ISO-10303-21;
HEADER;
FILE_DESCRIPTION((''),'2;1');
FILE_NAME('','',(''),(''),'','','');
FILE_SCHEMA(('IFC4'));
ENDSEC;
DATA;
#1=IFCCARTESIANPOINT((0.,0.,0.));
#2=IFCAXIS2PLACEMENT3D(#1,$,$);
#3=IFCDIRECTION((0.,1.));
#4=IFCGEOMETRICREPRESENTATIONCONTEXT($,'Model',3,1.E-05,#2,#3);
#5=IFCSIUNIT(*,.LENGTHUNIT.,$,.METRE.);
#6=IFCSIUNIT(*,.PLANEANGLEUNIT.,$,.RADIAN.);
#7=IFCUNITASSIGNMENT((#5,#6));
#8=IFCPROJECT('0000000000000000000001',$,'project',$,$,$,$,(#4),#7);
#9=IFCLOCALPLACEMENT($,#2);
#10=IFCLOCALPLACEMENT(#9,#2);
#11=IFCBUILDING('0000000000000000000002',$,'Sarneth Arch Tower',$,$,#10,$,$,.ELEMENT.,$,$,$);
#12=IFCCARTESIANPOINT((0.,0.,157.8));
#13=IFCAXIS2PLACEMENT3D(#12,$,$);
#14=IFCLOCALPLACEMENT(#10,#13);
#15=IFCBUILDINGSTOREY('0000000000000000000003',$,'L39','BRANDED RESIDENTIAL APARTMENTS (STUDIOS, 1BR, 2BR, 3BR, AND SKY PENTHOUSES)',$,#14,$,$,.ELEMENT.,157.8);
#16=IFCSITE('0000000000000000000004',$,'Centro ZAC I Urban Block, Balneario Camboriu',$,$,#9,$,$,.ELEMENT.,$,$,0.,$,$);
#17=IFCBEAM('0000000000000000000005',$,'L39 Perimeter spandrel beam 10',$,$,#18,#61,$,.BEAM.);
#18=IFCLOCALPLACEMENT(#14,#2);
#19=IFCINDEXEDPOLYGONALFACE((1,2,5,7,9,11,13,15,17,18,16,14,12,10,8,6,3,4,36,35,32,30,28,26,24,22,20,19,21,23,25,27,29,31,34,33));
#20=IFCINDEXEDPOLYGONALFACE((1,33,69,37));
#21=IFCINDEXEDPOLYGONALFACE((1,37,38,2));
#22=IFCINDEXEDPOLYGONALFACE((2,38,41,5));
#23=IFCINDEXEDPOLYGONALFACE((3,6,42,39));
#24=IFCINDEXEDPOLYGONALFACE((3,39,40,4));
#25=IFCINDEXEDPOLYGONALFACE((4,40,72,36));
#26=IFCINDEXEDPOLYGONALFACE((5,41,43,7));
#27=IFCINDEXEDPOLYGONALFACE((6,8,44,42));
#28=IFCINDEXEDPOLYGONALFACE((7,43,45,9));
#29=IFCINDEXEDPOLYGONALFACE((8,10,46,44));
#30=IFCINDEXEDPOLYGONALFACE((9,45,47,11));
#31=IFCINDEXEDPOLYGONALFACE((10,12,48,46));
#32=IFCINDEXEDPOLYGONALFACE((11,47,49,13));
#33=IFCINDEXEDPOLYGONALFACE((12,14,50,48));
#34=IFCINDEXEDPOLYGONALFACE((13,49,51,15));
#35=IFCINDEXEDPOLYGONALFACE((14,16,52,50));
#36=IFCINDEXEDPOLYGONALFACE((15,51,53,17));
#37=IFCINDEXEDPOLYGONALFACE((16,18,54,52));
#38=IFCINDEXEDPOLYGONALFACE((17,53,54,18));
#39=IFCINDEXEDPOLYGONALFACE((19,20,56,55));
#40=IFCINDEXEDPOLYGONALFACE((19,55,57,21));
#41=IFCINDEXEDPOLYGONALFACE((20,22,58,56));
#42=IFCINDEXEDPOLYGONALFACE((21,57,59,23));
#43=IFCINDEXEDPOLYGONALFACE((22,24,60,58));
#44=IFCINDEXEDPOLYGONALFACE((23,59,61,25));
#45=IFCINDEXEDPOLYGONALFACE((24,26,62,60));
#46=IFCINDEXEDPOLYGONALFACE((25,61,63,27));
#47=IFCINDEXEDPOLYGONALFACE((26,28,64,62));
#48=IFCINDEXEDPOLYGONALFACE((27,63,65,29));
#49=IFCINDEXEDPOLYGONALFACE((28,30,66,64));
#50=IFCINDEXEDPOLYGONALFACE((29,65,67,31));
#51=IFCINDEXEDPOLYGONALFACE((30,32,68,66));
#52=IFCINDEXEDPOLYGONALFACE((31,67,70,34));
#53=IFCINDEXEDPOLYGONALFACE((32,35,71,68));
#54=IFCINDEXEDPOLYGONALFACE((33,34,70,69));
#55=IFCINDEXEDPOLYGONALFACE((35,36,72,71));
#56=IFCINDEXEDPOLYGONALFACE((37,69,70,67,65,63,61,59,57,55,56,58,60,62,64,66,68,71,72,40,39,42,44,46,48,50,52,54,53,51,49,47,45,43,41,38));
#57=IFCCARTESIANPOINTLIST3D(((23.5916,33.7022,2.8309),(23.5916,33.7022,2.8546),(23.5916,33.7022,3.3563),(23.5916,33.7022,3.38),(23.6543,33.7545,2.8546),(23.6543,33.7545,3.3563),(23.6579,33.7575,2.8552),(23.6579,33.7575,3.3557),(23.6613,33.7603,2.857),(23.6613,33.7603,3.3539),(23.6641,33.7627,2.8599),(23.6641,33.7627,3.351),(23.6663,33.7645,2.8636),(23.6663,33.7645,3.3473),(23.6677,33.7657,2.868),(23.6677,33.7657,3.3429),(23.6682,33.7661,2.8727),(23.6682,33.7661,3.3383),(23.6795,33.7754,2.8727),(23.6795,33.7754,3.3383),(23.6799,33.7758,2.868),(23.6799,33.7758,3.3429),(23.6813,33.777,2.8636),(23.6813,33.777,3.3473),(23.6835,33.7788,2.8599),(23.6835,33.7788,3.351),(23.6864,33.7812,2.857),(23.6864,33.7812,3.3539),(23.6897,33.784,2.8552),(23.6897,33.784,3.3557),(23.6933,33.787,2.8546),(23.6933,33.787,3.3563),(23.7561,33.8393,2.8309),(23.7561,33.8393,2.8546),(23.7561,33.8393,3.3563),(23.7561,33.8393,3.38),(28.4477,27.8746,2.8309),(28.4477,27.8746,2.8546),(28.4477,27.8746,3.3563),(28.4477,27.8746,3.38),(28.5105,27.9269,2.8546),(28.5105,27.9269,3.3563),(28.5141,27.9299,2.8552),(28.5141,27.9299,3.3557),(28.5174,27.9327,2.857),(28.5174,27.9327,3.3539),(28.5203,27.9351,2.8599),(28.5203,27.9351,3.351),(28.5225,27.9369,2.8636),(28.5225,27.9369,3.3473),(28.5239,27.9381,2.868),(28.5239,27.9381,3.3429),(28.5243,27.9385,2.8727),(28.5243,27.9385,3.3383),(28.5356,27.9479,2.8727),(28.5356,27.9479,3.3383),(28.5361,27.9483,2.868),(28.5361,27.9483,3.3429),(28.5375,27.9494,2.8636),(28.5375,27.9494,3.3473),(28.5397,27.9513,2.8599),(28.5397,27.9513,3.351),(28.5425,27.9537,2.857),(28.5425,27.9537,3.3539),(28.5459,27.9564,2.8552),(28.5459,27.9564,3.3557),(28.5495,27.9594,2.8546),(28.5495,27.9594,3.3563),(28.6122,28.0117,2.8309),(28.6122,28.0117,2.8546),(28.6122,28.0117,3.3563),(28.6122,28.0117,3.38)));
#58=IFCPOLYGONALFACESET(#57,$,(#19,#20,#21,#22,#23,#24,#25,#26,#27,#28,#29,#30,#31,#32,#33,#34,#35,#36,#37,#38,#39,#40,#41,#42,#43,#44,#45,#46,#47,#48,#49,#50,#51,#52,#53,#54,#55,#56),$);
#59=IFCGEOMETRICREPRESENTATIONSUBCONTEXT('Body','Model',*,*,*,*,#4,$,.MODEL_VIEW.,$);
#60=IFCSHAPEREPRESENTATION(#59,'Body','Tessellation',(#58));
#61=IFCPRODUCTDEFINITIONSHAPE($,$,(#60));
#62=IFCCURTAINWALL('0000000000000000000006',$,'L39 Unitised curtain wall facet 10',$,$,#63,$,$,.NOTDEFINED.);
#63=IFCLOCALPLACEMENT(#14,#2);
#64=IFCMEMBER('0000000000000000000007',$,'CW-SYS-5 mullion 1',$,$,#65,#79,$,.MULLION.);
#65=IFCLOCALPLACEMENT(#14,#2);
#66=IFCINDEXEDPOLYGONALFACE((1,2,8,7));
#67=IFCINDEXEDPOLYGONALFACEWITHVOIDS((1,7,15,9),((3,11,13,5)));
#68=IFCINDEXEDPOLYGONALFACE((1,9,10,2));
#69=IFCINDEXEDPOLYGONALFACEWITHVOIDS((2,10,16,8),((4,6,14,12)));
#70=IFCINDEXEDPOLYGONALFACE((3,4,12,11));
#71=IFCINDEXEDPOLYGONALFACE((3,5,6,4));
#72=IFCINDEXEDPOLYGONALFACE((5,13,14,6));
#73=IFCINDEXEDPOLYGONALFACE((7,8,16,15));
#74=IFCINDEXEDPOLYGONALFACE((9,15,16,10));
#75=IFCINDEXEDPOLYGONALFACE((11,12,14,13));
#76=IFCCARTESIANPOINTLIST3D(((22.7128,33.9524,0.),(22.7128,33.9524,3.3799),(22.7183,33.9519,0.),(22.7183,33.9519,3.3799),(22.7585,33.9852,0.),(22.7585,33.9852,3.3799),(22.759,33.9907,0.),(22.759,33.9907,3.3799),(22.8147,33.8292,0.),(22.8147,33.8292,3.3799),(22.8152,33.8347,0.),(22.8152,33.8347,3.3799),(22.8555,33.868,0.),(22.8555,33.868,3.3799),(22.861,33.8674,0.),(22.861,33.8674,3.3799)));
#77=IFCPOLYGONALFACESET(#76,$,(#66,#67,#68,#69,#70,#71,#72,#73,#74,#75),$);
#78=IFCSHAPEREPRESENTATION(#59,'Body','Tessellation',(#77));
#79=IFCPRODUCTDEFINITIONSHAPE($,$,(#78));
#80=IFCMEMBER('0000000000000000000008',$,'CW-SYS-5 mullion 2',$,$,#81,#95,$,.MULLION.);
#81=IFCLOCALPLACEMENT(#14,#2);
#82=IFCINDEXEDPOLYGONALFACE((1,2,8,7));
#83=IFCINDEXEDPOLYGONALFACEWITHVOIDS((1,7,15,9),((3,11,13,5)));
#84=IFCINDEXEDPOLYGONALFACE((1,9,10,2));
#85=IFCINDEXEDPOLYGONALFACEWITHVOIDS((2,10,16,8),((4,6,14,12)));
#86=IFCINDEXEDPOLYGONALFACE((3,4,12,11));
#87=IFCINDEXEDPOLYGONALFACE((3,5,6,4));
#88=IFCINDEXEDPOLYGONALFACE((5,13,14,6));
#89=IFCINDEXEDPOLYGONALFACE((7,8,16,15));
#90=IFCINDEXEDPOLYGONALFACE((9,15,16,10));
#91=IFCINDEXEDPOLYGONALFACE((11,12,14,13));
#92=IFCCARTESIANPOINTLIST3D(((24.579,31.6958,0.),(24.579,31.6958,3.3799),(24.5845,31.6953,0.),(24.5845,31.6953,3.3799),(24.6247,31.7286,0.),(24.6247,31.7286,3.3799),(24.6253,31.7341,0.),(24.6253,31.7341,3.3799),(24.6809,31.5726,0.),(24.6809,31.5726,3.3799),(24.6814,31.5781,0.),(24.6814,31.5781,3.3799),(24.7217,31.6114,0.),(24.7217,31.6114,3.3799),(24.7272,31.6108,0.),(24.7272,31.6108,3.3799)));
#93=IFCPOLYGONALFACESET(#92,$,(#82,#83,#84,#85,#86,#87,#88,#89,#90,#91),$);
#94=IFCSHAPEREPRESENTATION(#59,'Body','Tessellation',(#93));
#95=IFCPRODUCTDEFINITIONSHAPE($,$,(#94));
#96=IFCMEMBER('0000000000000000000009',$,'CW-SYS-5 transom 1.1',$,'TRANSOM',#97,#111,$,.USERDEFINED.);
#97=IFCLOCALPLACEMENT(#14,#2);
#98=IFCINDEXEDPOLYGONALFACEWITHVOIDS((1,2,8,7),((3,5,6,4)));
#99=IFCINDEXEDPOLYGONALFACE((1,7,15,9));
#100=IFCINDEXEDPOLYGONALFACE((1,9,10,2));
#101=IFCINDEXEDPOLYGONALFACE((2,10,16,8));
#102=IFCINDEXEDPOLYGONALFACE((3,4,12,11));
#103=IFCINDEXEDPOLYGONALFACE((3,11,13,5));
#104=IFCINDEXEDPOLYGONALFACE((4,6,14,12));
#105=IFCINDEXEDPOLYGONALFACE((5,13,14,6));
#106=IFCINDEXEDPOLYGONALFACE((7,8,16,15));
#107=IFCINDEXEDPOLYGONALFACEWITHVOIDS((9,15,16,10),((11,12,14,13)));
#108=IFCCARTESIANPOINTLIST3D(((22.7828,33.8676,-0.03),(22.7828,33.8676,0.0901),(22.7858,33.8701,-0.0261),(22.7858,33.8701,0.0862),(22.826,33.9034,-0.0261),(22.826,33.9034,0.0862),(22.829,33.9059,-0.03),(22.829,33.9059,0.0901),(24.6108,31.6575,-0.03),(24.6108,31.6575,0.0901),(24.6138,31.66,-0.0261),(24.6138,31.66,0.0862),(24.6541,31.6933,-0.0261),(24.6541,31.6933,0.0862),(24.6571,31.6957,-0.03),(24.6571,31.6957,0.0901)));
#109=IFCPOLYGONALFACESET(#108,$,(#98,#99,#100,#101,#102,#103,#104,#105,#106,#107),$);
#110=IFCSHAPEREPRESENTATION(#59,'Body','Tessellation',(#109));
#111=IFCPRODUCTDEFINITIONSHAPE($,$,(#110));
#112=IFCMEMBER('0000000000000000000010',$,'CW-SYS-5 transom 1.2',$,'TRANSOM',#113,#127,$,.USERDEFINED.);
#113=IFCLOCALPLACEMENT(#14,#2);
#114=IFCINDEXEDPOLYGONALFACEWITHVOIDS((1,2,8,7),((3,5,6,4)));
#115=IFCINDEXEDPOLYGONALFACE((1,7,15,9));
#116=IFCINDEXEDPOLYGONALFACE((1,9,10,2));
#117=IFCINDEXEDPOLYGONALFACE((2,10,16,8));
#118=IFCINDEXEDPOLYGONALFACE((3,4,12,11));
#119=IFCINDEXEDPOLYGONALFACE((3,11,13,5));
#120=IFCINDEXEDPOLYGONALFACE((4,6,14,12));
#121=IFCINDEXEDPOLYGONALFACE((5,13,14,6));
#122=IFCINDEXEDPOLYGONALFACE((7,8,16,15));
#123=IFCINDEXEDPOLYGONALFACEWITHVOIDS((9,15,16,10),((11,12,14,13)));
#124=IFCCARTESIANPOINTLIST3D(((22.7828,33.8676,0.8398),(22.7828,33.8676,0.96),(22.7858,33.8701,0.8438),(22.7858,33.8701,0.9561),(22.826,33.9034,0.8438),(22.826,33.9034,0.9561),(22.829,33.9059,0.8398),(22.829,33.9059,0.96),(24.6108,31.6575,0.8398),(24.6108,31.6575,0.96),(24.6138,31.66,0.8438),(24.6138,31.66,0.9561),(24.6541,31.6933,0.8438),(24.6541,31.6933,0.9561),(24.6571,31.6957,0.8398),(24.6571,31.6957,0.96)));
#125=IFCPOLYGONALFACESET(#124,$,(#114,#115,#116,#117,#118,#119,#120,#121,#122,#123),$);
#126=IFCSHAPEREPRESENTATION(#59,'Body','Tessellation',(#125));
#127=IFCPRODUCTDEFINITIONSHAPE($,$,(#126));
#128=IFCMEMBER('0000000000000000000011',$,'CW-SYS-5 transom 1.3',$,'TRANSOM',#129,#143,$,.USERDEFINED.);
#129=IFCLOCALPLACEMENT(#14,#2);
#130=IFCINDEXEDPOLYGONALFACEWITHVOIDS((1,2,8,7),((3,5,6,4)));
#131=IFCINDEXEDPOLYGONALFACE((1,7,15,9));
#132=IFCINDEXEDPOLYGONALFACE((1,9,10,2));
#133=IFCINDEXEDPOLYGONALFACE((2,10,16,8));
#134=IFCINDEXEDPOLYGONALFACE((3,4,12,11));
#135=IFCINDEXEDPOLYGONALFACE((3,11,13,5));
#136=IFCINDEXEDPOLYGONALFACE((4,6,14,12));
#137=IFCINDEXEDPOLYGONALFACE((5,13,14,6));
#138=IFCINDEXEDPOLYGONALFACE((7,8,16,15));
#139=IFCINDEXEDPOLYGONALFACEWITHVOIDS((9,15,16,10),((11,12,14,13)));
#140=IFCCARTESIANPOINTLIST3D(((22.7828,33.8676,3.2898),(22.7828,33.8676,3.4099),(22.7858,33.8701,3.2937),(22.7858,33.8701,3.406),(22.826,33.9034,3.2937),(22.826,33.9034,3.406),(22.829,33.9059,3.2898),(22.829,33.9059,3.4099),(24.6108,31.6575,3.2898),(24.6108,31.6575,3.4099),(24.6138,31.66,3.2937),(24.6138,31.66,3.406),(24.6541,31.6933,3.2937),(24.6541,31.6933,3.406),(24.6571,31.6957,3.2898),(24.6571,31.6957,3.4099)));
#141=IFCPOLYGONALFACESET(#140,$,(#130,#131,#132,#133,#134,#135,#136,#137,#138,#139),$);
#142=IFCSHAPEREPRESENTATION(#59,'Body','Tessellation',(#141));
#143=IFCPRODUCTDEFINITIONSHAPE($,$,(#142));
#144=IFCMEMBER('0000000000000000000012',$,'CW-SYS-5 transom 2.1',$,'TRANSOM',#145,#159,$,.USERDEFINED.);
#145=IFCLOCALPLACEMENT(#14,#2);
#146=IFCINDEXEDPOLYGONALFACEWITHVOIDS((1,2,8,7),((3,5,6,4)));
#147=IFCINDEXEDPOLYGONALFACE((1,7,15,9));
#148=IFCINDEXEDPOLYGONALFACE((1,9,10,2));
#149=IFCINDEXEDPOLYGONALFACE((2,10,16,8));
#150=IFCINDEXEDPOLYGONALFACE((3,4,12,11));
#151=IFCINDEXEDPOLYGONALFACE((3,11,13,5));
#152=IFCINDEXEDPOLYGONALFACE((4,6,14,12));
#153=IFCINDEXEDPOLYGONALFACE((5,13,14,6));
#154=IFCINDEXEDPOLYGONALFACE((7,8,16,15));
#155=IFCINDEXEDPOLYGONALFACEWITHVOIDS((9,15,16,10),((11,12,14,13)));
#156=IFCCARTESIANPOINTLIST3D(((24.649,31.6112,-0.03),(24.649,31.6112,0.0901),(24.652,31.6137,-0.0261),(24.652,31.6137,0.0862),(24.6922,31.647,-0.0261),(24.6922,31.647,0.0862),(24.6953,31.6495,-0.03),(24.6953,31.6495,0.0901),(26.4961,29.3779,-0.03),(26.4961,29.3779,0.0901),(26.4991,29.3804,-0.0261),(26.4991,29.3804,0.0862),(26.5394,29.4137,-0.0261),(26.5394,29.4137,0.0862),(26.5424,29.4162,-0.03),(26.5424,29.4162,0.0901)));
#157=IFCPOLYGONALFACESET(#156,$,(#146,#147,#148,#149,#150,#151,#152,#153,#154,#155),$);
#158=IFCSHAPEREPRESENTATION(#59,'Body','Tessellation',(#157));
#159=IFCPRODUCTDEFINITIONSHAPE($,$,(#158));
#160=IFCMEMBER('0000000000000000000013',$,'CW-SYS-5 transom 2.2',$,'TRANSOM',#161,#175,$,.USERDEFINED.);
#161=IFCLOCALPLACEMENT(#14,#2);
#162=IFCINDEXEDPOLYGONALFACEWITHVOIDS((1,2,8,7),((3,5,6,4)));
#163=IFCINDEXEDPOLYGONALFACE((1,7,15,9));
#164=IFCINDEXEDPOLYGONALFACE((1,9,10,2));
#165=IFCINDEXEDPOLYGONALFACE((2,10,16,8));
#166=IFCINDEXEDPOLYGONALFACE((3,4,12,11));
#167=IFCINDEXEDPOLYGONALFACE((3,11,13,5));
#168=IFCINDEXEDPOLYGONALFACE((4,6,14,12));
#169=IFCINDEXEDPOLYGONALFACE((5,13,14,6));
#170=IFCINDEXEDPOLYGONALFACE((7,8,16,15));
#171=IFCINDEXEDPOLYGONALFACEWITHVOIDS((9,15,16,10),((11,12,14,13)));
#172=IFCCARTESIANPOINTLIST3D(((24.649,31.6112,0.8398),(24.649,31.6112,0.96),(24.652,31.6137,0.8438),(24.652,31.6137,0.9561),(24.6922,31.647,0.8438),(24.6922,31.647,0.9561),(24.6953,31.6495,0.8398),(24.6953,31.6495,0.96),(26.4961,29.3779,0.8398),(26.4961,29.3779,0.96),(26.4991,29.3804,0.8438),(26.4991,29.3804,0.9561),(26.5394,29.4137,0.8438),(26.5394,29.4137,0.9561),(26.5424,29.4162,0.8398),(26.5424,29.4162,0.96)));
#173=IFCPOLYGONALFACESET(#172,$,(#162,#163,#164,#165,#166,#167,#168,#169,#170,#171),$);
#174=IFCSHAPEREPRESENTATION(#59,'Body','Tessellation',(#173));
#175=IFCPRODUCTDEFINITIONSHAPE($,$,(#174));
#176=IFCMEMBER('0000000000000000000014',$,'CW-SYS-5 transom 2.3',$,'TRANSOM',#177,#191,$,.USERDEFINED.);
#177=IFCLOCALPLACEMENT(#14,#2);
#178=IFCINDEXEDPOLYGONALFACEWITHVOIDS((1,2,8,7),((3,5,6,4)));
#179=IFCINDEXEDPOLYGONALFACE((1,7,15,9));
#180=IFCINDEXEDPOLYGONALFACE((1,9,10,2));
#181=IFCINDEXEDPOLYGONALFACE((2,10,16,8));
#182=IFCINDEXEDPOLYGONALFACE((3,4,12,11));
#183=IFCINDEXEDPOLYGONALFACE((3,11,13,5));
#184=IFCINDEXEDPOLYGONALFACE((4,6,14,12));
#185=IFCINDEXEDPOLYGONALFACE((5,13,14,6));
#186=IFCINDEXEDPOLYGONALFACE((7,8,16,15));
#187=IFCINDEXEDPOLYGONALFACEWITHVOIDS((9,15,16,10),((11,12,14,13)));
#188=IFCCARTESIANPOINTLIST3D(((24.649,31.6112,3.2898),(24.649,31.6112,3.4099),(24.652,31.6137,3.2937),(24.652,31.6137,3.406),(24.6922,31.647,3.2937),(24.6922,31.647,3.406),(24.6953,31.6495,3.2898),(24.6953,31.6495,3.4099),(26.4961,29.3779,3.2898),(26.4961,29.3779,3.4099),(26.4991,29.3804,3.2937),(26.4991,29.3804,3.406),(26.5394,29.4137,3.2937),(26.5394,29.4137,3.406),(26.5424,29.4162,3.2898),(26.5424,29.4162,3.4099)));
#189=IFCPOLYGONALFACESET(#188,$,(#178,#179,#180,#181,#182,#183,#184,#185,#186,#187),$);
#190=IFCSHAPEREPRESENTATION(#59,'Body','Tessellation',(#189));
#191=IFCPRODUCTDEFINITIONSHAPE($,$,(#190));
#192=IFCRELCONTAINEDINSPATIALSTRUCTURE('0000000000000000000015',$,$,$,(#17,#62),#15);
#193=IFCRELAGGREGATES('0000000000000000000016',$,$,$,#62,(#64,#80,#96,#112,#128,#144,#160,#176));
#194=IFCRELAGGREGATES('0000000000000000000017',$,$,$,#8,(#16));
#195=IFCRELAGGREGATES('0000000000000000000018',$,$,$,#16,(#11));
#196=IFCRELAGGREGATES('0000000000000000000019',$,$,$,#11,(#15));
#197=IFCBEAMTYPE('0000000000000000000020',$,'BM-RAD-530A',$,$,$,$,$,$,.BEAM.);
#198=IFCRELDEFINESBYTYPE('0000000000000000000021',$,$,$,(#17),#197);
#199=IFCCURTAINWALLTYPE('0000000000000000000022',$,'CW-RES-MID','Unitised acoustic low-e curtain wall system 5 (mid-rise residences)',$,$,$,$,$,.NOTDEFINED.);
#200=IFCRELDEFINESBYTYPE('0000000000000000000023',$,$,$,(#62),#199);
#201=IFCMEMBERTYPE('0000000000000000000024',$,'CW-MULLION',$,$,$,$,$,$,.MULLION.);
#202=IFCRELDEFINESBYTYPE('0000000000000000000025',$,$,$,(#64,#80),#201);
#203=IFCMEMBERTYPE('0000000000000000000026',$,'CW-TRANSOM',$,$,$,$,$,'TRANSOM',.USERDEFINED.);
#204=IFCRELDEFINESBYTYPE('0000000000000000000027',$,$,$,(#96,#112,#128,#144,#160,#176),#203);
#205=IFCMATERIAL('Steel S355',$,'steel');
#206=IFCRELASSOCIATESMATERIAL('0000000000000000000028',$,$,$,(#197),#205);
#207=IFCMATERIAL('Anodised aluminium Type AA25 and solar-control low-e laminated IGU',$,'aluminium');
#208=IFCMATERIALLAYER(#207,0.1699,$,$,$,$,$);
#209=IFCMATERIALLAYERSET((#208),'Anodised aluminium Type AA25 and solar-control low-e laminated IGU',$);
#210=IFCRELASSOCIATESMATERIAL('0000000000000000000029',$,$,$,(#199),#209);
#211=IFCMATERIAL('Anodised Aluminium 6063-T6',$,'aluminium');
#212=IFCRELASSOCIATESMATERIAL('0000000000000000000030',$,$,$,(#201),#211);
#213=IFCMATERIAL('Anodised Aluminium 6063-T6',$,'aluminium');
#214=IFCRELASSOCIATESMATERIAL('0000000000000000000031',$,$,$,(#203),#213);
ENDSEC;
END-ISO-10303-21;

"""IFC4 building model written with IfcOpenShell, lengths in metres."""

from ifc_helpers import new_model, si_unit, direction, frame, origin, origin_2d, place, context, subcontext, project, spatial, hollow_rectangle, i_section, extrude, material, layer, layer_set, material_profile, profile_set, type_object, element, aggregate, save


model = new_model("IFC4")

# Units and contexts
model_context = context("Model", 3, precision=1e-05, world=origin(), true_north=direction((0.0, 1.0)))
body_context = subcontext(model_context, "Body", "Model", "MODEL_VIEW")
ifc_project = project(units=[si_unit("LENGTHUNIT", "METRE"), si_unit("PLANEANGLEUNIT", "RADIAN")], contexts=[model_context])

# Site, building, storey
site_placement = place(None, origin())
site = spatial("IfcSite", under=ifc_project, at=site_placement, Name="Centro ZAC I Urban Block, Balneario Camboriu", CompositionType="ELEMENT", RefElevation=0.0)
building_placement = place(site_placement, origin())
building = spatial("IfcBuilding", under=site, at=building_placement, Name="Sarneth Arch Tower", CompositionType="ELEMENT")
storey_placement = place(building_placement, frame((0.0, 0.0, 157.8)))
storey = spatial("IfcBuildingStorey", under=building, at=storey_placement, Name="L39", Description="BRANDED RESIDENTIAL APARTMENTS (STUDIOS, 1BR, 2BR, 3BR, AND SKY PENTHOUSES)", CompositionType="ELEMENT", Elevation=157.8)

# Beam
ifc_material_1 = material(Name="Steel S355", Category="steel")
ifc_material_profile_1 = material_profile(ifc_material_1, i_section(OverallWidth=0.2141, OverallDepth=0.5491, WebThickness=0.0146, FlangeThickness=0.0237, FilletRadius=0.0181, at=origin_2d()), Name="W530x138")
ifc_profile_set_1 = profile_set([ifc_material_profile_1], Name="Steel S355")
beam_type_1 = type_object("IfcBeamType", Name="BM-RAD-530A", PredefinedType="BEAM", material=ifc_profile_set_1)
beam_1_placement = place(storey_placement, frame((23.6738, 33.7708, 3.1055), z_axis=(0.640172, -0.768232, 0.0), x_axis=(0.768232, 0.640172, 0.0)))
element("IfcBeam", 1, at=beam_1_placement, inside=storey, type_object=beam_type_1, Name="L39 Perimeter spandrel beam 10", PredefinedType="BEAM", context=body_context, shape_type="SweptSolid", body=[
    extrude(i_section(OverallWidth=0.2141, OverallDepth=0.5491, WebThickness=0.0146, FlangeThickness=0.0237, FilletRadius=0.0181, at=origin_2d()), origin(), (0.0, 0.0, 1.0), 7.5857),
])

# Curtain wall, members
ifc_material_2 = material(Name="Anodised aluminium Type AA25 and solar-control low-e laminated IGU", Category="aluminium")
ifc_layer_1 = layer(ifc_material_2, 0.1699)
ifc_layer_set_1 = layer_set([ifc_layer_1], Name="Anodised aluminium Type AA25 and solar-control low-e laminated IGU")
curtain_wall_type = type_object("IfcCurtainWallType", Name="CW-RES-MID", Description="Unitised acoustic low-e curtain wall system 5 (mid-rise residences)", PredefinedType="NOTDEFINED", material=ifc_layer_set_1)
curtain_wall_placement = place(storey_placement, origin())
curtain_wall = element("IfcCurtainWall", 2, at=curtain_wall_placement, inside=storey, type_object=curtain_wall_type, Name="L39 Unitised curtain wall facet 10", PredefinedType="NOTDEFINED")
ifc_material_3 = material(Name="Anodised Aluminium 6063-T6", Category="aluminium")
ifc_material_profile_2 = material_profile(ifc_material_3, hollow_rectangle(XDim=0.0601, YDim=0.1599, WallThickness=0.0039, at=origin_2d()), Name="AL-MULL-160x60x4")
ifc_profile_set_2 = profile_set([ifc_material_profile_2], Name="Anodised Aluminium 6063-T6")
member_type_1 = type_object("IfcMemberType", Name="CW-MULLION", PredefinedType="MULLION", material=ifc_profile_set_2)
member_1_placement = place(storey_placement, frame((22.7869, 33.9099, 0.0), z_axis=(0.0, 0.0, 1.0), x_axis=(0.770591, 0.63733, 0.0)))
member_1 = element("IfcMember", 3, at=member_1_placement, type_object=member_type_1, Name="CW-SYS-5 mullion 1", PredefinedType="MULLION", context=body_context, shape_type="SweptSolid", body=[
    extrude(hollow_rectangle(XDim=0.0601, YDim=0.1599, WallThickness=0.0039, at=origin_2d()), origin(), (0.0, 0.0, 1.0), 3.3799),
])
member_2_placement = place(storey_placement, frame((24.6531, 31.6533, 0.0), z_axis=(0.0, 0.0, 1.0), x_axis=(0.770591, 0.63733, 0.0)))
member_2 = element("IfcMember", 4, at=member_2_placement, type_object=member_type_1, Name="CW-SYS-5 mullion 2", PredefinedType="MULLION", context=body_context, shape_type="SweptSolid", body=[
    extrude(hollow_rectangle(XDim=0.0601, YDim=0.1599, WallThickness=0.0039, at=origin_2d()), origin(), (0.0, 0.0, 1.0), 3.3799),
])
ifc_material_4 = material(Name="Anodised Aluminium 6063-T6", Category="aluminium")
ifc_material_profile_3 = material_profile(ifc_material_4, hollow_rectangle(XDim=0.0601, YDim=0.1201, WallThickness=0.0039, at=origin_2d()), Name="AL-TRAN-120x60x4")
ifc_profile_set_3 = profile_set([ifc_material_profile_3], Name="Anodised Aluminium 6063-T6")
member_type_2 = type_object("IfcMemberType", Name="CW-TRANSOM", ElementType="TRANSOM", PredefinedType="USERDEFINED", material=ifc_profile_set_3)
member_3_placement = place(storey_placement, frame((22.8059, 33.8867, 0.03), z_axis=(0.637359, -0.770567, 0.0), x_axis=(0.770567, 0.637359, 0.0)))
member_3 = element("IfcMember", 5, at=member_3_placement, type_object=member_type_2, Name="CW-SYS-5 transom 1.1", ObjectType="TRANSOM", PredefinedType="USERDEFINED", context=body_context, shape_type="SweptSolid", body=[
    extrude(hollow_rectangle(XDim=0.0601, YDim=0.1201, WallThickness=0.0039, at=origin_2d()), origin(), (0.0, 0.0, 1.0), 2.8682),
])
member_4_placement = place(storey_placement, frame((22.8059, 33.8867, 0.8999), z_axis=(0.637359, -0.770567, 0.0), x_axis=(0.770567, 0.637359, 0.0)))
member_4 = element("IfcMember", 6, at=member_4_placement, type_object=member_type_2, Name="CW-SYS-5 transom 1.2", ObjectType="TRANSOM", PredefinedType="USERDEFINED", context=body_context, shape_type="SweptSolid", body=[
    extrude(hollow_rectangle(XDim=0.0601, YDim=0.1201, WallThickness=0.0039, at=origin_2d()), origin(), (0.0, 0.0, 1.0), 2.8682),
])
member_5_placement = place(storey_placement, frame((22.8059, 33.8867, 3.3499), z_axis=(0.637359, -0.770567, 0.0), x_axis=(0.770567, 0.637359, 0.0)))
member_5 = element("IfcMember", 7, at=member_5_placement, type_object=member_type_2, Name="CW-SYS-5 transom 1.3", ObjectType="TRANSOM", PredefinedType="USERDEFINED", context=body_context, shape_type="SweptSolid", body=[
    extrude(hollow_rectangle(XDim=0.0601, YDim=0.1201, WallThickness=0.0039, at=origin_2d()), origin(), (0.0, 0.0, 1.0), 2.8682),
])
member_6_placement = place(storey_placement, frame((24.6721, 31.6304, 0.03), z_axis=(0.63733, -0.770591, 0.0), x_axis=(0.770591, 0.63733, 0.0)))
member_6 = element("IfcMember", 8, at=member_6_placement, type_object=member_type_2, Name="CW-SYS-5 transom 2.1", ObjectType="TRANSOM", PredefinedType="USERDEFINED", context=body_context, shape_type="SweptSolid", body=[
    extrude(hollow_rectangle(XDim=0.0601, YDim=0.1201, WallThickness=0.0039, at=origin_2d()), origin(), (0.0, 0.0, 1.0), 2.8982),
])
member_7_placement = place(storey_placement, frame((24.6721, 31.6304, 0.8999), z_axis=(0.63733, -0.770591, 0.0), x_axis=(0.770591, 0.63733, 0.0)))
member_7 = element("IfcMember", 9, at=member_7_placement, type_object=member_type_2, Name="CW-SYS-5 transom 2.2", ObjectType="TRANSOM", PredefinedType="USERDEFINED", context=body_context, shape_type="SweptSolid", body=[
    extrude(hollow_rectangle(XDim=0.0601, YDim=0.1201, WallThickness=0.0039, at=origin_2d()), origin(), (0.0, 0.0, 1.0), 2.8982),
])
member_8_placement = place(storey_placement, frame((24.6721, 31.6304, 3.3499), z_axis=(0.63733, -0.770591, 0.0), x_axis=(0.770591, 0.63733, 0.0)))
member_8 = element("IfcMember", 10, at=member_8_placement, type_object=member_type_2, Name="CW-SYS-5 transom 2.3", ObjectType="TRANSOM", PredefinedType="USERDEFINED", context=body_context, shape_type="SweptSolid", body=[
    extrude(hollow_rectangle(XDim=0.0601, YDim=0.1201, WallThickness=0.0039, at=origin_2d()), origin(), (0.0, 0.0, 1.0), 2.8982),
])

aggregate(curtain_wall, [member_1, member_2, member_3, member_4, member_5, member_6, member_7, member_8])

save(model, "model.ifc")
